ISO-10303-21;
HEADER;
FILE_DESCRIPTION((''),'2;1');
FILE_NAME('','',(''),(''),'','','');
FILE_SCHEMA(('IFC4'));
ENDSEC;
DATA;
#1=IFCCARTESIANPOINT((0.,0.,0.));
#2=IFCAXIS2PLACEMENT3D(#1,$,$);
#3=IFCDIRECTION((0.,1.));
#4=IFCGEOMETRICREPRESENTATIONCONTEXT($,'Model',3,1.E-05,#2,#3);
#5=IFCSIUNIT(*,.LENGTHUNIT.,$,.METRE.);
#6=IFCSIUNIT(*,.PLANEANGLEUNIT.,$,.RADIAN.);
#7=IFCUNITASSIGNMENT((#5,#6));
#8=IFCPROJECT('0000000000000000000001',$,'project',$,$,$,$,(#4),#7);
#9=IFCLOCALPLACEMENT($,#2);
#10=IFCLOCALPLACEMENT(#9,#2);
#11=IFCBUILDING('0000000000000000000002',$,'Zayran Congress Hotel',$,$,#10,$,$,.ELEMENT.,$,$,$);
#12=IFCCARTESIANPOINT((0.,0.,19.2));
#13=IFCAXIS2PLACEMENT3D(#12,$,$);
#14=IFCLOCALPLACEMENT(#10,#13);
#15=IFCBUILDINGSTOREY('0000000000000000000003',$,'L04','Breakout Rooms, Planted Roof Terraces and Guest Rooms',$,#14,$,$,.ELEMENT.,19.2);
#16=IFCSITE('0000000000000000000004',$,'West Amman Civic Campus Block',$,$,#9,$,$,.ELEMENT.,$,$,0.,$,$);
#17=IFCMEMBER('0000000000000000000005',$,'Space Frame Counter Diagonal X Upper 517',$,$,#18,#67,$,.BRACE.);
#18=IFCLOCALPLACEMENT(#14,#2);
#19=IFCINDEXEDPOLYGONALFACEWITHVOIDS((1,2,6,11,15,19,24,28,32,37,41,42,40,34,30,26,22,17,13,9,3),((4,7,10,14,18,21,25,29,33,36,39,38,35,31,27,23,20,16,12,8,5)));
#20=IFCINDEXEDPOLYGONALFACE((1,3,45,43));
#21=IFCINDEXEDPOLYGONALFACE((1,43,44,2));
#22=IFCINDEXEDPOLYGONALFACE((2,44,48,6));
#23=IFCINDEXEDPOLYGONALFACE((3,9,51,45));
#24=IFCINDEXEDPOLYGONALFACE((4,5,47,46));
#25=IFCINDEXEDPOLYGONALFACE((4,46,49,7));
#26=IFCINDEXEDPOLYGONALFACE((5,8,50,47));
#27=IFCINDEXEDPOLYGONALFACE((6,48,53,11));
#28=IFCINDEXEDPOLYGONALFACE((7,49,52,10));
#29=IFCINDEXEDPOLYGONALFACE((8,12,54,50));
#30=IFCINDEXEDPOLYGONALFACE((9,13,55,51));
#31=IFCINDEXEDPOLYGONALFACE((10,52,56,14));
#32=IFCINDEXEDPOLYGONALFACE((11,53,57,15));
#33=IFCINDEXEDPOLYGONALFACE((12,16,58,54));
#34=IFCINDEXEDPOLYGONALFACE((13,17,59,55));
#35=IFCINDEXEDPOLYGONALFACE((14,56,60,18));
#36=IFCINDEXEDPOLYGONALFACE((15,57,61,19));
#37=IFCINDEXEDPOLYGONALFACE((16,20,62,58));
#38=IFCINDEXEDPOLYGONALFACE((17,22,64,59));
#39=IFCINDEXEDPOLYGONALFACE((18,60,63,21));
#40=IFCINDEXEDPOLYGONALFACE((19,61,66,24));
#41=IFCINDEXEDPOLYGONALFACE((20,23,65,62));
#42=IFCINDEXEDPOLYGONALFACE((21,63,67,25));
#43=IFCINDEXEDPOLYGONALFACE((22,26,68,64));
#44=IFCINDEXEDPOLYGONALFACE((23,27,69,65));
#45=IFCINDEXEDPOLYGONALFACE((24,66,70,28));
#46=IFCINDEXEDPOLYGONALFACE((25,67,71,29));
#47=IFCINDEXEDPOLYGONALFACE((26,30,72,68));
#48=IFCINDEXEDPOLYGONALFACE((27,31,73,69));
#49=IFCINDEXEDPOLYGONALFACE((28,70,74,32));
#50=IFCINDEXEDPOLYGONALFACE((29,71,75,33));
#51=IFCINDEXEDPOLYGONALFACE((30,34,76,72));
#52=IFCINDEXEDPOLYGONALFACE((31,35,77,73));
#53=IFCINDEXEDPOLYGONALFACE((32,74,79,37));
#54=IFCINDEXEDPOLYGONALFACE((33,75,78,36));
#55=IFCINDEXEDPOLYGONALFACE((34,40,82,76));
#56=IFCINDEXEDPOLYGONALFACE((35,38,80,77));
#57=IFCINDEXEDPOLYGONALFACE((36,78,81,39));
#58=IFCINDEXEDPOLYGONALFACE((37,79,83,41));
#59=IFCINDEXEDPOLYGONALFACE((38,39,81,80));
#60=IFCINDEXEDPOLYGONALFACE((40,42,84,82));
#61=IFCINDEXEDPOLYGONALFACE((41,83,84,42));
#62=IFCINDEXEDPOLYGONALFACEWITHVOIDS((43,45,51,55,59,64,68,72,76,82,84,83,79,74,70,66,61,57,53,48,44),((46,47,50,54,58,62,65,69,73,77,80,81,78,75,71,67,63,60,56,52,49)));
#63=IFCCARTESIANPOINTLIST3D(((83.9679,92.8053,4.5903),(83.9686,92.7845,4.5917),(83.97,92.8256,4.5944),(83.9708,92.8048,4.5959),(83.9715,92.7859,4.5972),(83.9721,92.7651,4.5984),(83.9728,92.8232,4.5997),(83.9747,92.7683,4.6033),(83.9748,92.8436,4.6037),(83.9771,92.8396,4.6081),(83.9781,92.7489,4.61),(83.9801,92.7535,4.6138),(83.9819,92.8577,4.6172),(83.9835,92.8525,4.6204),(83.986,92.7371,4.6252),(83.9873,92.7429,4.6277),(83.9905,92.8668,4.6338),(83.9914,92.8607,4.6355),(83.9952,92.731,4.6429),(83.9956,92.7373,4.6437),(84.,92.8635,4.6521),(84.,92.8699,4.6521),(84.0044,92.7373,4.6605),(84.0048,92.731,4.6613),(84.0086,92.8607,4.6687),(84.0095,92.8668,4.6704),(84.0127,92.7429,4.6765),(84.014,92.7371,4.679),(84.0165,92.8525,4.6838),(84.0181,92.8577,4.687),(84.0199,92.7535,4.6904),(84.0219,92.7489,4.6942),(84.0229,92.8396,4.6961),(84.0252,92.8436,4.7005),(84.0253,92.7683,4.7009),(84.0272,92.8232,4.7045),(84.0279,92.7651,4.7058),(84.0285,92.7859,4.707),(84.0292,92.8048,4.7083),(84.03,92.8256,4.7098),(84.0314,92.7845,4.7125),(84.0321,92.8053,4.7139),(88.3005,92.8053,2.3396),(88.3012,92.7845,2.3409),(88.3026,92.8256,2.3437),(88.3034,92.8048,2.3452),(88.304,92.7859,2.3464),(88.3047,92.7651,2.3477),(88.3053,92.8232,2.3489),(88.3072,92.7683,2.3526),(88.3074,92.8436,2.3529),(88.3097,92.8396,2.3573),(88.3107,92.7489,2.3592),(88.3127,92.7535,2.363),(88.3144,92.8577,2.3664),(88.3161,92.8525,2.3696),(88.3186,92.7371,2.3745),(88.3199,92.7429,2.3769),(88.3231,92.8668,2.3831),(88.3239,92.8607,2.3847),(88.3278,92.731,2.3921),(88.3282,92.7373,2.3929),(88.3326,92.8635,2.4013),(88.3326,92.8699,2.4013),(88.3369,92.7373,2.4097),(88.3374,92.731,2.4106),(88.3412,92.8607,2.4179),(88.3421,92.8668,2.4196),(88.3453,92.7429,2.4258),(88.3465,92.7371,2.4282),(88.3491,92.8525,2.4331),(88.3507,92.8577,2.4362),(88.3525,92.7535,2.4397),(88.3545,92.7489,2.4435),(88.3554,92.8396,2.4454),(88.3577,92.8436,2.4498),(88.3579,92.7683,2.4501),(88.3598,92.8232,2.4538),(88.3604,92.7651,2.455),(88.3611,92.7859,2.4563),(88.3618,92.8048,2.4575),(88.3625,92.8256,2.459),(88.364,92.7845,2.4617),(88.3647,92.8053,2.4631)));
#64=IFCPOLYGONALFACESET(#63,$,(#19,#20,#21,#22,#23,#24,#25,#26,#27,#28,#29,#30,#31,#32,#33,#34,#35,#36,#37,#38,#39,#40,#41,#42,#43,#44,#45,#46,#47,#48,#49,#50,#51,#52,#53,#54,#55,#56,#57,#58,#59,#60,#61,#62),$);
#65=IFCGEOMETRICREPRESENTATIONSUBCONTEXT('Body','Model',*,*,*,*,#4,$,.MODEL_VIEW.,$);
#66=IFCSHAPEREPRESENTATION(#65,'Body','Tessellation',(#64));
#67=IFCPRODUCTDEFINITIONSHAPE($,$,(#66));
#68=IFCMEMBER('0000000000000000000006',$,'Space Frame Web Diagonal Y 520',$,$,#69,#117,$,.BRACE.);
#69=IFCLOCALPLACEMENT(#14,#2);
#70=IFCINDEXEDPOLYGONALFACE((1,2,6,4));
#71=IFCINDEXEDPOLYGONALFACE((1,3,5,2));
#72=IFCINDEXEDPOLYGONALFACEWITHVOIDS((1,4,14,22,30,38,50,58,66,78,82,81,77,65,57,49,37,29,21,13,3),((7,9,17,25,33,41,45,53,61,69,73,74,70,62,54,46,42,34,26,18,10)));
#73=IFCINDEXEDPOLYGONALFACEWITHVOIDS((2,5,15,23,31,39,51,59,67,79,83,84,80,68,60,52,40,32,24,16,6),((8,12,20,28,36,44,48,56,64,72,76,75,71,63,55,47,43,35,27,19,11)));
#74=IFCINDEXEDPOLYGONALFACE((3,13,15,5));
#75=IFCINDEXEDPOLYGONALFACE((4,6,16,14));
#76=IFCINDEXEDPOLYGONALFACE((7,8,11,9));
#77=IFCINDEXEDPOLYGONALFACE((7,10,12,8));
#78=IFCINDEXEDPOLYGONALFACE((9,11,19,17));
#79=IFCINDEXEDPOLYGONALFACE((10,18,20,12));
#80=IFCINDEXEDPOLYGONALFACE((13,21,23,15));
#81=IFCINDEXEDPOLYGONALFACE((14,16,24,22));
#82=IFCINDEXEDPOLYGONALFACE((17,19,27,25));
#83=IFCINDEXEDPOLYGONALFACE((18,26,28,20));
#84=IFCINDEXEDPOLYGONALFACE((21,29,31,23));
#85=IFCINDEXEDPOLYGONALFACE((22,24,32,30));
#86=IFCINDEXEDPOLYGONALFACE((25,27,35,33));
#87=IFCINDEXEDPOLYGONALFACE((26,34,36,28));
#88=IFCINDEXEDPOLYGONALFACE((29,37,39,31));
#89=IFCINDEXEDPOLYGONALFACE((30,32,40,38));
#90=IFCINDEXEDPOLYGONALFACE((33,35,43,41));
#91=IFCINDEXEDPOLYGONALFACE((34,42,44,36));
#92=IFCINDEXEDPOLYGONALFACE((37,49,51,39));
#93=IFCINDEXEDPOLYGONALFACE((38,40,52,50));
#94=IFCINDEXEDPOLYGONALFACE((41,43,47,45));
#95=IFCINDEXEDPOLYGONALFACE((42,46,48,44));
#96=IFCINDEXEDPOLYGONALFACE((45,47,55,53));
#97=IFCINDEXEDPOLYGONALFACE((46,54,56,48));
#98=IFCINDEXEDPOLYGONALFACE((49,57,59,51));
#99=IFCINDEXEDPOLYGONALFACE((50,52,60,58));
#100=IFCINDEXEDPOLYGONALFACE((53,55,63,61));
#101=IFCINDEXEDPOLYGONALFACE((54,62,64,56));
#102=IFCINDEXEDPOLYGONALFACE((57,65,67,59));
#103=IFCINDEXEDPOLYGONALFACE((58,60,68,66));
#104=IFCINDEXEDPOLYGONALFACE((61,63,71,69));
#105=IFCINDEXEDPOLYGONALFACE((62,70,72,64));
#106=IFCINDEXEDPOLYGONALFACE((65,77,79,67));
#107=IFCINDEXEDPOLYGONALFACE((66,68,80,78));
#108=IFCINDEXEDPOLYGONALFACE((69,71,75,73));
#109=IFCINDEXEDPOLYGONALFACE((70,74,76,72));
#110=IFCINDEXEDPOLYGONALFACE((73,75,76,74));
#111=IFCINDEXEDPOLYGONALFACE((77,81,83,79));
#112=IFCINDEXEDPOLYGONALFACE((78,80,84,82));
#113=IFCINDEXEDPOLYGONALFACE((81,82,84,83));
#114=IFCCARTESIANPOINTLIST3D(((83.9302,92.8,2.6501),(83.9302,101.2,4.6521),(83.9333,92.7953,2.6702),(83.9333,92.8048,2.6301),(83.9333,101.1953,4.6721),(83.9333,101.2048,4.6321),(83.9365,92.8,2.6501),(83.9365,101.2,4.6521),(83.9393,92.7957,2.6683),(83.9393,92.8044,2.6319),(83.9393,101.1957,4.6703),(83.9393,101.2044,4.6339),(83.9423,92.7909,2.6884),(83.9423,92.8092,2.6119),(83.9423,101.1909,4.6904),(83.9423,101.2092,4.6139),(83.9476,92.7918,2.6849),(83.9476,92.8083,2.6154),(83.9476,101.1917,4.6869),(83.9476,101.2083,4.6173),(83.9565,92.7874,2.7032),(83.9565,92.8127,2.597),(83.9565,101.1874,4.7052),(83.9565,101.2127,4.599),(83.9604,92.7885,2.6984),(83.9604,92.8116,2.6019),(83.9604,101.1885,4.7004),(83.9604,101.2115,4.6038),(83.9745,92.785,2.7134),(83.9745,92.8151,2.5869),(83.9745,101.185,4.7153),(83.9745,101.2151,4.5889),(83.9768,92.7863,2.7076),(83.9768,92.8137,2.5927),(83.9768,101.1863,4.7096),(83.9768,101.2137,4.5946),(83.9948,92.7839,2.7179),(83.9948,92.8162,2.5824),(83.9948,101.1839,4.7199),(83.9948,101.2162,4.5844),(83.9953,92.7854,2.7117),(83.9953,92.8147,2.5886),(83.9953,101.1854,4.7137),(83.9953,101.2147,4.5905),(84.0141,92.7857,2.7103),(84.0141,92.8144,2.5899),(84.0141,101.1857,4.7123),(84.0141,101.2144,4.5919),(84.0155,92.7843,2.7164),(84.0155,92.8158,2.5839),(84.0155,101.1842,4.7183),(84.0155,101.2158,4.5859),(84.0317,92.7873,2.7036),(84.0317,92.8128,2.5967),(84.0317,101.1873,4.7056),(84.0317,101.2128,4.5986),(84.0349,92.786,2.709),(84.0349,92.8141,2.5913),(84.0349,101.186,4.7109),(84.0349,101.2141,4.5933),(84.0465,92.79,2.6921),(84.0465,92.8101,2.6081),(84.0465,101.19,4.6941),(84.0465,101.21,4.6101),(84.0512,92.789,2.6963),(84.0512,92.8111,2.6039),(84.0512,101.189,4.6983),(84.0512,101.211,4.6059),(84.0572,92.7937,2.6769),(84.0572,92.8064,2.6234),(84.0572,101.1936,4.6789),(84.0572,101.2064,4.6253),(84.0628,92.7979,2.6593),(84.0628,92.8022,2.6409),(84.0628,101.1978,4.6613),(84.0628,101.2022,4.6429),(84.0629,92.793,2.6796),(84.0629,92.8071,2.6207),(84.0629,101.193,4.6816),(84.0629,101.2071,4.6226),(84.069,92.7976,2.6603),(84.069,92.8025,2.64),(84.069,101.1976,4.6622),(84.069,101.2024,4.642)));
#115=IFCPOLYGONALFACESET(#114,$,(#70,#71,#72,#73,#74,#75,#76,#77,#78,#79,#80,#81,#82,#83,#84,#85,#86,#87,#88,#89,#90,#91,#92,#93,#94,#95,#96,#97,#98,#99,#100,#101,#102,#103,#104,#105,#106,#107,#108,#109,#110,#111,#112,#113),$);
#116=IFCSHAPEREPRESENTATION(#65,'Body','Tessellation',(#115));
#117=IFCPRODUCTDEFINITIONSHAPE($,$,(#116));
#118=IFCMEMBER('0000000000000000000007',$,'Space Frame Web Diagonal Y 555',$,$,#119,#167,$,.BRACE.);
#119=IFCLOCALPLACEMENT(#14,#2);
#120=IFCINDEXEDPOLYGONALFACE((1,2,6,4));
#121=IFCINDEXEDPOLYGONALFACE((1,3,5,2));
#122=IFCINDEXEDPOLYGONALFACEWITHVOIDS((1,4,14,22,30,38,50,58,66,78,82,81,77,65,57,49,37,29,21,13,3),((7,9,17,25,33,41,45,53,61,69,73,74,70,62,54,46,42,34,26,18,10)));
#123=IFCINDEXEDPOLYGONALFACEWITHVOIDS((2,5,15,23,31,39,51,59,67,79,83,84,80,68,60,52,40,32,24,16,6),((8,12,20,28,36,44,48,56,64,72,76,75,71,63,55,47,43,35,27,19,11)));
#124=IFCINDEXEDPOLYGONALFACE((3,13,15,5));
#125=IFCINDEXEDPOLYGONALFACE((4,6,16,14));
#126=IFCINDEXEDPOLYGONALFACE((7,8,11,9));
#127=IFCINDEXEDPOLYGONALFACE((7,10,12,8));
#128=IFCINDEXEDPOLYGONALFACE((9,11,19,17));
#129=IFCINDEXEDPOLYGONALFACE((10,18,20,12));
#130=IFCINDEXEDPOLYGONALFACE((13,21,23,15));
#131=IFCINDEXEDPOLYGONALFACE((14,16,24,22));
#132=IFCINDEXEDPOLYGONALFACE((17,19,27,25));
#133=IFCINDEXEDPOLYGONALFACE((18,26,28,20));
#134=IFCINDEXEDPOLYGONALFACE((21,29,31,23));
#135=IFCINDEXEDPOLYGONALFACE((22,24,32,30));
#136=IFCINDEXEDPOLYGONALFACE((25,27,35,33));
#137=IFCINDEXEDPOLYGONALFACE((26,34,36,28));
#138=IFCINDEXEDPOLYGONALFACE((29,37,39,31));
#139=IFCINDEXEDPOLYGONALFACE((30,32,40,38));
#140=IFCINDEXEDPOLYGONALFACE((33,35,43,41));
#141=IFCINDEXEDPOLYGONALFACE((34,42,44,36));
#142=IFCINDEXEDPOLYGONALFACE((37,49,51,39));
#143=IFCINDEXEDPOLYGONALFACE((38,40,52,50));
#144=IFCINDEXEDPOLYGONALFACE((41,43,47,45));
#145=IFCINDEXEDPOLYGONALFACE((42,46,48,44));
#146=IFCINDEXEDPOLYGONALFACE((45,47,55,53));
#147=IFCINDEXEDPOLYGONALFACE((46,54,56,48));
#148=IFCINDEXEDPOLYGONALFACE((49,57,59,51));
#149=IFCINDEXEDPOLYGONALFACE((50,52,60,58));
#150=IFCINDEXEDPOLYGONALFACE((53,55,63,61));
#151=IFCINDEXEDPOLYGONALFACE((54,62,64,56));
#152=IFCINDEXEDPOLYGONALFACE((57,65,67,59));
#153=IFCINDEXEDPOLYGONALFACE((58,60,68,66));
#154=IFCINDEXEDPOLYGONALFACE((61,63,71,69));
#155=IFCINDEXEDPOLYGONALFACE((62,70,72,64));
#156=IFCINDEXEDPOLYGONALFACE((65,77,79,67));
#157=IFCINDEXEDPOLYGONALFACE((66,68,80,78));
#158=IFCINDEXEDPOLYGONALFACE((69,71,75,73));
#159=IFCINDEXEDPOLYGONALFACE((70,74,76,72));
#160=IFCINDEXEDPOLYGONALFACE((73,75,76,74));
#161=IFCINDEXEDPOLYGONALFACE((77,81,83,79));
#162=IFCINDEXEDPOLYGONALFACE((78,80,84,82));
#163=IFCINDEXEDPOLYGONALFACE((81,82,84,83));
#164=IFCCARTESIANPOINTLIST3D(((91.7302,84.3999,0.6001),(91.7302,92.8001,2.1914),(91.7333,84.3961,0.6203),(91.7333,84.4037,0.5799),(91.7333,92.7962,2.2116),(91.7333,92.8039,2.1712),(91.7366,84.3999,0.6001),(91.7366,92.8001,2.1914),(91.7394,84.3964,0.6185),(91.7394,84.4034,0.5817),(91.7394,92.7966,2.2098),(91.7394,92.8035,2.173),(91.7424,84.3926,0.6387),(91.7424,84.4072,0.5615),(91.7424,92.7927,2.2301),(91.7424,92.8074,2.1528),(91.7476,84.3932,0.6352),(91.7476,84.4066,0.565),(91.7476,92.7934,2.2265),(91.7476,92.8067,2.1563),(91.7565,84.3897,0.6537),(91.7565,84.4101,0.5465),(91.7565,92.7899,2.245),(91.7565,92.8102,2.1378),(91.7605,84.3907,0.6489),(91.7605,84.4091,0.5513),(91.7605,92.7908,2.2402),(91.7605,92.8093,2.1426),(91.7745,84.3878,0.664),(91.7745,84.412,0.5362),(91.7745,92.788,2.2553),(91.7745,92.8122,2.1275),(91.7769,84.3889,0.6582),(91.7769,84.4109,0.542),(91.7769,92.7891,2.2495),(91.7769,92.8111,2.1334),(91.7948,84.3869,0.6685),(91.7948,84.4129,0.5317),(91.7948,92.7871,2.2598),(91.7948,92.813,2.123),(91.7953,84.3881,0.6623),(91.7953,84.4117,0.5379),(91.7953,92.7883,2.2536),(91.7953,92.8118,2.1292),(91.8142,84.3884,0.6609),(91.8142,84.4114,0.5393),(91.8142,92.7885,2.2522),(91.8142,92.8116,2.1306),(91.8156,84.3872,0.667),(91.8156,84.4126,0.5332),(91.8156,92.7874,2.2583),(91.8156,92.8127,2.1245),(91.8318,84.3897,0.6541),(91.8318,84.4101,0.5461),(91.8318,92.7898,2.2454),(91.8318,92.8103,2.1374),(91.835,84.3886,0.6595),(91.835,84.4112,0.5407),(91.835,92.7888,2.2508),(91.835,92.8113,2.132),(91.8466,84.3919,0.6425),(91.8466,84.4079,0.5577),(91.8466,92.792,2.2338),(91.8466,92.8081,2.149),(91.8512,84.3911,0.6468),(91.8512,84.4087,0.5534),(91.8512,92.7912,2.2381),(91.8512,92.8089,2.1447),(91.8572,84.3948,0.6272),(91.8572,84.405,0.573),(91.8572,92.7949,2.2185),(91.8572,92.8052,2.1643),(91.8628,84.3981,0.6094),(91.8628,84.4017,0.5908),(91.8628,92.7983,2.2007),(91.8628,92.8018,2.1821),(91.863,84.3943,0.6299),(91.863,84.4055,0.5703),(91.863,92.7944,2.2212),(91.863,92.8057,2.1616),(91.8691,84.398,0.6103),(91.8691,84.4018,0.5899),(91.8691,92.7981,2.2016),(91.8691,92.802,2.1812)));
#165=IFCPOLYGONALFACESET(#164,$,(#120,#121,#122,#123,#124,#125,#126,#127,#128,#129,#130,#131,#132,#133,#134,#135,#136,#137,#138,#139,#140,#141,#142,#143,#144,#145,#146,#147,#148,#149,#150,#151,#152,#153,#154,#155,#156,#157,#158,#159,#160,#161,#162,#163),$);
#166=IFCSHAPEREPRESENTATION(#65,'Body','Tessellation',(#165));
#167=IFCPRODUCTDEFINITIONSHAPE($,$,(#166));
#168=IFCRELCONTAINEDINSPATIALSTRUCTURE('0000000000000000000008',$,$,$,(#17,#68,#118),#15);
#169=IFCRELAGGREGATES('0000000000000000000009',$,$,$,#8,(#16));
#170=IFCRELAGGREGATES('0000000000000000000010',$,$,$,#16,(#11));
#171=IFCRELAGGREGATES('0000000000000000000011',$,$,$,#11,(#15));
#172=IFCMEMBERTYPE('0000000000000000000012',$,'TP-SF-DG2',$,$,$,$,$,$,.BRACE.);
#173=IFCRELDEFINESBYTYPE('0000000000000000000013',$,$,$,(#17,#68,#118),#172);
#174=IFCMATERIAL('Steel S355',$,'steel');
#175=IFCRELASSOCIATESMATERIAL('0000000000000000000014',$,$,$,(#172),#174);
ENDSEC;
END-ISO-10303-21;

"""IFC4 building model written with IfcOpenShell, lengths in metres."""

from ifc_helpers import new_model, si_unit, direction, frame, origin, origin_2d, place, context, subcontext, project, spatial, hollow_circle, extrude, material, material_profile, profile_set, type_object, element, save


model = new_model("IFC4")

# Units and contexts
model_context = context("Model", 3, precision=1e-05, world=origin(), true_north=direction((0.0, 1.0)))
body_context = subcontext(model_context, "Body", "Model", "MODEL_VIEW")
ifc_project = project(units=[si_unit("LENGTHUNIT", "METRE"), si_unit("PLANEANGLEUNIT", "RADIAN")], contexts=[model_context])

# Site, building, storey
site_placement = place(None, origin())
site = spatial("IfcSite", under=ifc_project, at=site_placement, Name="West Amman Civic Campus Block", CompositionType="ELEMENT", RefElevation=0.0)
building_placement = place(site_placement, origin())
building = spatial("IfcBuilding", under=site, at=building_placement, Name="Zayran Congress Hotel", CompositionType="ELEMENT")
storey_placement = place(building_placement, frame((0.0, 0.0, 19.2)))
storey = spatial("IfcBuildingStorey", under=building, at=storey_placement, Name="L04", Description="Breakout Rooms, Planted Roof Terraces and Guest Rooms", CompositionType="ELEMENT", Elevation=19.2)

# Shared definitions
ifc_material = material(Name="Steel S355", Category="steel")

# Members
ifc_material_profile_1 = material_profile(ifc_material, hollow_circle(Radius=0.0698, WallThickness=0.0063, at=origin_2d()), Name="CHS 139.7x6.3")
ifc_profile_set_1 = profile_set([ifc_material_profile_1], Name="Steel S355")
member_type_1 = type_object("IfcMemberType", Name="TP-SF-DG2", PredefinedType="BRACE", material=ifc_profile_set_1)
member_1_placement = place(storey_placement, frame((84.0, 92.8, 4.6521), z_axis=(0.887399, 0.0, -0.461002), x_axis=(0.0, 1.0, 0.0)))
element("IfcMember", 1, at=member_1_placement, inside=storey, type_object=member_type_1, Name="Space Frame Counter Diagonal X Upper 517", PredefinedType="BRACE", context=body_context, shape_type="SweptSolid", body=[
    extrude(hollow_circle(Radius=0.0698, WallThickness=0.0063, at=origin_2d()), origin(), (0.0, 0.0, 1.0), 4.8823),
])
member_2_placement = place(storey_placement, frame((84.0, 92.8, 2.6501), z_axis=(0.0, 0.972755, 0.231837), x_axis=(-1.0, 0.0, 0.0)))
element("IfcMember", 2, at=member_2_placement, inside=storey, type_object=member_type_1, Name="Space Frame Web Diagonal Y 520", PredefinedType="BRACE", context=body_context, shape_type="SweptSolid", body=[
    extrude(hollow_circle(Radius=0.0698, WallThickness=0.0063, at=origin_2d()), origin(), (0.0, 0.0, 1.0), 8.6353),
])
member_3_placement = place(storey_placement, frame((91.8, 84.3999, 0.6001), z_axis=(0.0, 0.982526, 0.186128), x_axis=(-1.0, 0.0, 0.0)))
element("IfcMember", 3, at=member_3_placement, inside=storey, type_object=member_type_1, Name="Space Frame Web Diagonal Y 555", PredefinedType="BRACE", context=body_context, shape_type="SweptSolid", body=[
    extrude(hollow_circle(Radius=0.0698, WallThickness=0.0063, at=origin_2d()), origin(), (0.0, 0.0, 1.0), 8.5496),
])

save(model, "model.ifc")
